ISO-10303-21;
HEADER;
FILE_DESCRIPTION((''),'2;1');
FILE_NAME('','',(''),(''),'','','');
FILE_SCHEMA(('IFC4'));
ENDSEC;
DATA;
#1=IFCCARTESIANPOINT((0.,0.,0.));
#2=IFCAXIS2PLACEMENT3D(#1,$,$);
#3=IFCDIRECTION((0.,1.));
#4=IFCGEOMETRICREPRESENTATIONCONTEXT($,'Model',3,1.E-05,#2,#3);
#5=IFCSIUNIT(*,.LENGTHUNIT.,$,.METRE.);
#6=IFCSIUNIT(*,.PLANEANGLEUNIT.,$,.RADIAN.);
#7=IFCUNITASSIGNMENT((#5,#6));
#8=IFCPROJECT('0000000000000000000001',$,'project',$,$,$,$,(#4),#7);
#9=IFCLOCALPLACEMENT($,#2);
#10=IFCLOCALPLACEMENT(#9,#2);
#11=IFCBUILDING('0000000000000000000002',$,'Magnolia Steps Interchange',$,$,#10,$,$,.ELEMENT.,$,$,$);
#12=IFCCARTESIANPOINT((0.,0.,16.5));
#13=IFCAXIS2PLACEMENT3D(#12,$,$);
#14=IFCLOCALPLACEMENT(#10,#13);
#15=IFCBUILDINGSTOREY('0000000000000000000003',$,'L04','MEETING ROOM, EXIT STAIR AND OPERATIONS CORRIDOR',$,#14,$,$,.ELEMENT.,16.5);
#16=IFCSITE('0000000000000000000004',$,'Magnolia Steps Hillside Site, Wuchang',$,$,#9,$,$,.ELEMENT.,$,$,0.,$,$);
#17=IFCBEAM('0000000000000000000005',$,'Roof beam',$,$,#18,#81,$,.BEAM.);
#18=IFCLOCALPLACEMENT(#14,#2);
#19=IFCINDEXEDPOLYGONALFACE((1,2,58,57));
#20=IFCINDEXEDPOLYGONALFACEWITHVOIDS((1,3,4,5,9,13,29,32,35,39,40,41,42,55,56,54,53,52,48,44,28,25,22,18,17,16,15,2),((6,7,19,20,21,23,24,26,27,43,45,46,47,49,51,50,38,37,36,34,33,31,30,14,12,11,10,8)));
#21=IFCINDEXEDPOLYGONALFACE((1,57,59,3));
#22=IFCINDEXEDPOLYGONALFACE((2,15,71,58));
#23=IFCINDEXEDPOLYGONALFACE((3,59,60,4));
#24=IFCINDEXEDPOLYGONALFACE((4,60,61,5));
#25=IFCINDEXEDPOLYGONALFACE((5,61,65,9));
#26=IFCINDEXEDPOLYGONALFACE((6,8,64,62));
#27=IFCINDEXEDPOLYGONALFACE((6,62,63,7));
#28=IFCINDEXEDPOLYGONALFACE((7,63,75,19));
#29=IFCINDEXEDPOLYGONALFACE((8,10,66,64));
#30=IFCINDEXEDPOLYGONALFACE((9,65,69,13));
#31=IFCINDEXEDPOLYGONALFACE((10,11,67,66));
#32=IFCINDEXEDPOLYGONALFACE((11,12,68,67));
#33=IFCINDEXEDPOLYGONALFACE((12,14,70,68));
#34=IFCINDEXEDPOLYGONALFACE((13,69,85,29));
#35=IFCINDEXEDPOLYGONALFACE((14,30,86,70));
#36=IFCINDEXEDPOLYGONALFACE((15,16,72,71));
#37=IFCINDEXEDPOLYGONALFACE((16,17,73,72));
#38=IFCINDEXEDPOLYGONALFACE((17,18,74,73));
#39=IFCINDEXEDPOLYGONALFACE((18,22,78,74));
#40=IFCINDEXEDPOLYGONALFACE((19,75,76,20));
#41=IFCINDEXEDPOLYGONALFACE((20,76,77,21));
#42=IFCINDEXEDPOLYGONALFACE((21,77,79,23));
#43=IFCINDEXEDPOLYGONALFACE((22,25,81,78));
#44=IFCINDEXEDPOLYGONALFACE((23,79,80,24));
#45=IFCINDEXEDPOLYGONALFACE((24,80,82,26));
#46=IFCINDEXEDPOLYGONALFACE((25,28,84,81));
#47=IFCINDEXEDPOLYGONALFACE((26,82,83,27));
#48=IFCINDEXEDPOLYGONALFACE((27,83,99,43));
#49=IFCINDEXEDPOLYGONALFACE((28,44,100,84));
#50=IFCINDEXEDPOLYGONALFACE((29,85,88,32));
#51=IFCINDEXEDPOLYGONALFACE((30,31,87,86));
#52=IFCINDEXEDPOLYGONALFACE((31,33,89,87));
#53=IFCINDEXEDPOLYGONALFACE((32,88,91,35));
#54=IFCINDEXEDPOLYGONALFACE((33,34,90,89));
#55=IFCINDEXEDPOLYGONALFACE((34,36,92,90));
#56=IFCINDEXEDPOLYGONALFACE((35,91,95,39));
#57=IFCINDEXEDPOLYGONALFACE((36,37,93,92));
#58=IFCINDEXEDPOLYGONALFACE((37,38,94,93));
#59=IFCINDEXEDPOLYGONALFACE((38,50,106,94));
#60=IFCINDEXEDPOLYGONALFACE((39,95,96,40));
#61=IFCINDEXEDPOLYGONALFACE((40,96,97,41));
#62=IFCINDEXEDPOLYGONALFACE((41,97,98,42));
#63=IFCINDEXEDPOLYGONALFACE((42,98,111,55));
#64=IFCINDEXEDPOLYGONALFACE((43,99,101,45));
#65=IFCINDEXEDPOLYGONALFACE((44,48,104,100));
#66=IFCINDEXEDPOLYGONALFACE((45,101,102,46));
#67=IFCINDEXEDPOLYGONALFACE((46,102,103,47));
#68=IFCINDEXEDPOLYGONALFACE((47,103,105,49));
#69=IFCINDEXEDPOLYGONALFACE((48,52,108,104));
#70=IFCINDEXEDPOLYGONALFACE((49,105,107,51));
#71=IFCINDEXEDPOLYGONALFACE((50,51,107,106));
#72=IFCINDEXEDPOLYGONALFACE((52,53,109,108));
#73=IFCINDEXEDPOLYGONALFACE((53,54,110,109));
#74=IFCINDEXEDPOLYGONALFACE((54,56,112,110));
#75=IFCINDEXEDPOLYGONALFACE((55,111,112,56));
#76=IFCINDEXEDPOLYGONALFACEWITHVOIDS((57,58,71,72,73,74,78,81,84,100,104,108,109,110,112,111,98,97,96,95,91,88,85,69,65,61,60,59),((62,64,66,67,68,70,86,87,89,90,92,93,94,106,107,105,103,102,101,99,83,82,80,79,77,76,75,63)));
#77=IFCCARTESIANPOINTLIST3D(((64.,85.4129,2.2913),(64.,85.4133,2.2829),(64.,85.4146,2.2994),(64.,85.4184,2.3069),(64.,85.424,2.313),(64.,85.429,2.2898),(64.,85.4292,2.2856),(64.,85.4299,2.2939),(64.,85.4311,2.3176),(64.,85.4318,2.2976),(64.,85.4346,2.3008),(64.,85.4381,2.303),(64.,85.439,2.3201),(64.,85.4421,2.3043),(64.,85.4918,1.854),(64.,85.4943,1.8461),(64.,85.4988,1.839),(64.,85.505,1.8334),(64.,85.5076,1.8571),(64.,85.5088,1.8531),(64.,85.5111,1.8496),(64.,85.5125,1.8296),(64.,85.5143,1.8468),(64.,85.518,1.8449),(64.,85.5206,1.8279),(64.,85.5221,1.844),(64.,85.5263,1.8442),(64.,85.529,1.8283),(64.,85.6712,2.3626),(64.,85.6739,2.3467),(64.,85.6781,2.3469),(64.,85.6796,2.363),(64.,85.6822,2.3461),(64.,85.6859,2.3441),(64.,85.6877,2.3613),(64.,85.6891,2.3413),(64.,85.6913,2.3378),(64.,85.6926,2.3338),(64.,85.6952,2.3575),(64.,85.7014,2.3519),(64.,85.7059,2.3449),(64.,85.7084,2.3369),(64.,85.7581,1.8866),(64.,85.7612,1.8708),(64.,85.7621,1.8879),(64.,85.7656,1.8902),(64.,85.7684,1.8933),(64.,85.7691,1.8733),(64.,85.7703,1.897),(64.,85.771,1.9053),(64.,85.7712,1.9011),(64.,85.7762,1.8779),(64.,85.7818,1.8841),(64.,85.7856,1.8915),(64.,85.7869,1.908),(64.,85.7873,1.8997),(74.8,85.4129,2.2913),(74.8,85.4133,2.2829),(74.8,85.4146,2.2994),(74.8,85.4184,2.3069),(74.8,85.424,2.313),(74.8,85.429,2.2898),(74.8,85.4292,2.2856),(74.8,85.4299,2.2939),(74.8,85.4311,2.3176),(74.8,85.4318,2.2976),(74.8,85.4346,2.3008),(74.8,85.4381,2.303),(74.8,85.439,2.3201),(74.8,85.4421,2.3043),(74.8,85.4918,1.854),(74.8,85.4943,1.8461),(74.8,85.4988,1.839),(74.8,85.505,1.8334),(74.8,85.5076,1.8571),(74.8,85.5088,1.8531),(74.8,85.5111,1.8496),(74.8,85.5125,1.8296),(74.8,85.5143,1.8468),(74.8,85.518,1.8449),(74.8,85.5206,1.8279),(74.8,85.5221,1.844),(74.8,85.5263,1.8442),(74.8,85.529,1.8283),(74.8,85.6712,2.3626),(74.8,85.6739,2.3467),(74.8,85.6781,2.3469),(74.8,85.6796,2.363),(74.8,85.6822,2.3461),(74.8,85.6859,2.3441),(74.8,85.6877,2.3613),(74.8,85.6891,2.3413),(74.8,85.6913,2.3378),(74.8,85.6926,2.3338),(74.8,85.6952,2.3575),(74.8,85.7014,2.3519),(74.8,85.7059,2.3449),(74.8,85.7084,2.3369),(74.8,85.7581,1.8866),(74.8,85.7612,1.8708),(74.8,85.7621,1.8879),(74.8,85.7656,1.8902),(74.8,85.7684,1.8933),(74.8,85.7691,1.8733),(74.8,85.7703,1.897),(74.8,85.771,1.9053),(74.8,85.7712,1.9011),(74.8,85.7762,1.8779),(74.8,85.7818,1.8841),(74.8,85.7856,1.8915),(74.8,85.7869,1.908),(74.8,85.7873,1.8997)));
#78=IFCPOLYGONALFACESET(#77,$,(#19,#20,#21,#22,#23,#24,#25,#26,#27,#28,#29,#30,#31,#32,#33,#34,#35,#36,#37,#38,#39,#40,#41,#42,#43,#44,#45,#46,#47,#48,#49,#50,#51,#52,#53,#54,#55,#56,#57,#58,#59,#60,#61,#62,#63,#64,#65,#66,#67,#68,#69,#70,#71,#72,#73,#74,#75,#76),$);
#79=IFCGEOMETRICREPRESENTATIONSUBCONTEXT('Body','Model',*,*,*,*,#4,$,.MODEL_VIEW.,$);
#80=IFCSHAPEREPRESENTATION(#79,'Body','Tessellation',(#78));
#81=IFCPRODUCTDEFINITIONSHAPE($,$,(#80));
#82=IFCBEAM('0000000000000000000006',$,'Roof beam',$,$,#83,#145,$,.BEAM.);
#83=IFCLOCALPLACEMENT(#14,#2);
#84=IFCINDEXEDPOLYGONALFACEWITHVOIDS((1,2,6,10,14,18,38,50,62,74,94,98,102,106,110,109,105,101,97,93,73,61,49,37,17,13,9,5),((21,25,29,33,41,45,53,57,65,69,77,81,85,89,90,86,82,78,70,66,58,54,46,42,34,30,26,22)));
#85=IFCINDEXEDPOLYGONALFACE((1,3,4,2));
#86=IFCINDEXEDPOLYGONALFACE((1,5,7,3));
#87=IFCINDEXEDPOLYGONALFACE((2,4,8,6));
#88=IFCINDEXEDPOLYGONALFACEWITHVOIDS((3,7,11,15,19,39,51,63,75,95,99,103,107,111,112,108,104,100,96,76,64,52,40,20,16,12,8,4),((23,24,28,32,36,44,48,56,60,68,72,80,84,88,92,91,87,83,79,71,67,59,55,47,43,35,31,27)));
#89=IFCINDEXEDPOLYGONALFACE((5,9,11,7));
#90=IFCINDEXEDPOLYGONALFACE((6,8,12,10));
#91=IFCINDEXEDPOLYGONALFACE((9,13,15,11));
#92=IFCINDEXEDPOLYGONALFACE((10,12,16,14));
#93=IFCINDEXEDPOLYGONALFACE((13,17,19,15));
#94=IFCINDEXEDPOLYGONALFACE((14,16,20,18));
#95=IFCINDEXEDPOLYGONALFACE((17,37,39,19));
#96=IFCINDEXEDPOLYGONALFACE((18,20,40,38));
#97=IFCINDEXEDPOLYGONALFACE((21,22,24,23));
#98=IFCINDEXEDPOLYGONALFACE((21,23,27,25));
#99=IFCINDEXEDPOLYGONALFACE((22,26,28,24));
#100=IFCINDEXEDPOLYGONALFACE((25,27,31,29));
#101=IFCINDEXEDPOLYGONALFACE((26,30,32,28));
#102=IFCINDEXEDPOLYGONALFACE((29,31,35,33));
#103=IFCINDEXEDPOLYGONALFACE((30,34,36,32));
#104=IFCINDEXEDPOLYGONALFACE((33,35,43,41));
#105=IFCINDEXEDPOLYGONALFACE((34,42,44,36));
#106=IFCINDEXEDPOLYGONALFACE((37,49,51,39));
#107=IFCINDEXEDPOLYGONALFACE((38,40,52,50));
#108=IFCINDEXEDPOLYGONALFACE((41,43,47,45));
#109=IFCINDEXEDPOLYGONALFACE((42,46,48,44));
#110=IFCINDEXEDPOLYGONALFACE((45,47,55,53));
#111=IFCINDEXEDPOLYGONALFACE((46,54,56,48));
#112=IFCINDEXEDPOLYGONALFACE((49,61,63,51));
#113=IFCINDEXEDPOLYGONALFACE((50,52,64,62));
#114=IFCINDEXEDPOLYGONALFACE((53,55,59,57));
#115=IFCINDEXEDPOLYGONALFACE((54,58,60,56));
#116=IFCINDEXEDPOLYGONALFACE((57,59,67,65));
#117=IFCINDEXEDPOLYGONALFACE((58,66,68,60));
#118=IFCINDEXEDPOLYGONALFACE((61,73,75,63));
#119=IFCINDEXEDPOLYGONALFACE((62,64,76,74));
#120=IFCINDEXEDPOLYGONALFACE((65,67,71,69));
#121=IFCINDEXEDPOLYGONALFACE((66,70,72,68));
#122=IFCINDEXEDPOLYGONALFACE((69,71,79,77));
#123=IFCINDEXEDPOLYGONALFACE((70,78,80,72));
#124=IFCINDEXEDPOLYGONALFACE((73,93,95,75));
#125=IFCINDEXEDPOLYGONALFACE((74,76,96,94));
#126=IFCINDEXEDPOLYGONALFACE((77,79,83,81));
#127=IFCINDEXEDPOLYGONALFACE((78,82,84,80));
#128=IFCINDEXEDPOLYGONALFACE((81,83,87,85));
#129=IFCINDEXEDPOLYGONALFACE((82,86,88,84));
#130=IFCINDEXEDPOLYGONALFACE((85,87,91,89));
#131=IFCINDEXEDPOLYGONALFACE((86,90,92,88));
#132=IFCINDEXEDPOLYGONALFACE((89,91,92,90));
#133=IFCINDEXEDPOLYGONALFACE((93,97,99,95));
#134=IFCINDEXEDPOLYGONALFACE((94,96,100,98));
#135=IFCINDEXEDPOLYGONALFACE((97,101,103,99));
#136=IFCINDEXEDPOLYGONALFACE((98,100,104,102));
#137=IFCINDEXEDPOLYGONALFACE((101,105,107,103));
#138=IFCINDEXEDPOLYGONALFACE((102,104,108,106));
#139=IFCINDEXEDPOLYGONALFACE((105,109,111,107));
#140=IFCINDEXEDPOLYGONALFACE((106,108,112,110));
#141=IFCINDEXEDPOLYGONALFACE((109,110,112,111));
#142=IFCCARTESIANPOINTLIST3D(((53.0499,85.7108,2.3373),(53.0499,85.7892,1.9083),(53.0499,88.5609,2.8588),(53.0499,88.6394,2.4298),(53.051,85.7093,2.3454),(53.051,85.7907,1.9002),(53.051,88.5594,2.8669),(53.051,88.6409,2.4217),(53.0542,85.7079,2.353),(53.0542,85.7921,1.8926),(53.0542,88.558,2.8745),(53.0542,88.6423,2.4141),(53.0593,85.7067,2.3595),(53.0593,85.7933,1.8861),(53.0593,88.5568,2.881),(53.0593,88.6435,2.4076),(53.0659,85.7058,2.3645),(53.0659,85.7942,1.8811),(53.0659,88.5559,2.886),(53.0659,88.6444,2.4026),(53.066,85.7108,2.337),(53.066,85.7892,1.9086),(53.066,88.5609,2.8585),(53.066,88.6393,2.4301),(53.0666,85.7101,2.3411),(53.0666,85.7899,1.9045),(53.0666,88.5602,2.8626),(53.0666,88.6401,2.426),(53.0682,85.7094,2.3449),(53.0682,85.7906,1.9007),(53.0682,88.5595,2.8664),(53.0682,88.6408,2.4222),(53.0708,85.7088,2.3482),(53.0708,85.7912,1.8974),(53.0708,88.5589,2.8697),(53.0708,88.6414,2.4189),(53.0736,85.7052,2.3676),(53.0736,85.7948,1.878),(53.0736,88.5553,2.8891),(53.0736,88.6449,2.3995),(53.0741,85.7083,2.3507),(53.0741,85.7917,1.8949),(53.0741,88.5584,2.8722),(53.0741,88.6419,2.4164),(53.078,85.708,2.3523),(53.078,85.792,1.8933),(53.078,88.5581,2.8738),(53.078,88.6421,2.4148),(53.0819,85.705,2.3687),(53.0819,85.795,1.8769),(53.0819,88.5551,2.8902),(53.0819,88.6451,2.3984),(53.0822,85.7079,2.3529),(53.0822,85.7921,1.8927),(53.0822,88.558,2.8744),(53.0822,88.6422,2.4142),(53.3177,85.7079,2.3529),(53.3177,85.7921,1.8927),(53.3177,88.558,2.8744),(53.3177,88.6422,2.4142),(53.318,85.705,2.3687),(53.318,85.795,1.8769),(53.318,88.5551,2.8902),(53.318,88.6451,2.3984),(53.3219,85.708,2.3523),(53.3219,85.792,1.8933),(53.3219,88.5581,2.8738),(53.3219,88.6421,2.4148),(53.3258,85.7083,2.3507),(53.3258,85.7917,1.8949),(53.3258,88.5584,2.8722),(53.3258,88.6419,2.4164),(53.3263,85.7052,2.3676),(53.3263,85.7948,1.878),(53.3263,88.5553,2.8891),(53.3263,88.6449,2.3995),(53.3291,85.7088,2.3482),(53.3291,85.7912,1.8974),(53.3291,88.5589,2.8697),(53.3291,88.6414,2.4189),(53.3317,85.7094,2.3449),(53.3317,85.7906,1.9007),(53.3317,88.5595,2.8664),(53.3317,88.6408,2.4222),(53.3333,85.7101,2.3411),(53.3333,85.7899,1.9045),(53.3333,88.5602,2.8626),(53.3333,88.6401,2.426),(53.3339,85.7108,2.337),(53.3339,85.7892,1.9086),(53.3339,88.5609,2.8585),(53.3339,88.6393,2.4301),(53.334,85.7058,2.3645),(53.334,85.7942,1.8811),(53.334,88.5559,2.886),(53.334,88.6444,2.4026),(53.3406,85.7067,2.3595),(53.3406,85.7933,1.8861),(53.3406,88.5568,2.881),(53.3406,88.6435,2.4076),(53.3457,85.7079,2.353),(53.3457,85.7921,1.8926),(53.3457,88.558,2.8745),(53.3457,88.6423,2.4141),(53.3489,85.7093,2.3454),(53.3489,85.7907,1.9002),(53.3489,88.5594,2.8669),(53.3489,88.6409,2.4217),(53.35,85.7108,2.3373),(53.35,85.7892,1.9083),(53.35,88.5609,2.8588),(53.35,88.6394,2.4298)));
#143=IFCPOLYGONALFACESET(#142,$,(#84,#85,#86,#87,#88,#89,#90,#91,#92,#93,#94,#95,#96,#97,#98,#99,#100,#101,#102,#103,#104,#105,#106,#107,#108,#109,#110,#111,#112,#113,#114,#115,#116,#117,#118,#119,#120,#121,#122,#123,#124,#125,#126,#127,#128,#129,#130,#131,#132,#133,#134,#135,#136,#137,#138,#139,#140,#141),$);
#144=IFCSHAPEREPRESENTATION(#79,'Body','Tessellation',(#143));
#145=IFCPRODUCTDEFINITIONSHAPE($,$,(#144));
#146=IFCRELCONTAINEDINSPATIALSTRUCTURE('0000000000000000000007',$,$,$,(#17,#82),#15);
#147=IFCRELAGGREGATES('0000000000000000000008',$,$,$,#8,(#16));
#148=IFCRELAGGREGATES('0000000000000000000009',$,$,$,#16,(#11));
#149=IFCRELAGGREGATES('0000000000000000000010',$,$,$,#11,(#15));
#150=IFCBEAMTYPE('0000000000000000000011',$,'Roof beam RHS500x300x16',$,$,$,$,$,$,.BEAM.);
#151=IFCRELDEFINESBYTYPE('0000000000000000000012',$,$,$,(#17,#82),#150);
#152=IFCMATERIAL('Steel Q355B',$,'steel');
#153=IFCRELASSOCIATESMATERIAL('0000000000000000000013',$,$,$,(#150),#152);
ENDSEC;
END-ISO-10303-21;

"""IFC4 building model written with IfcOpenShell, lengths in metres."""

from ifc_helpers import new_model, si_unit, direction, frame, origin, origin_2d, place, context, subcontext, project, spatial, hollow_rectangle, extrude, material, material_profile, profile_set, type_object, element, save


model = new_model("IFC4")

# Units and contexts
model_context = context("Model", 3, precision=1e-05, world=origin(), true_north=direction((0.0, 1.0)))
body_context = subcontext(model_context, "Body", "Model", "MODEL_VIEW")
ifc_project = project(units=[si_unit("LENGTHUNIT", "METRE"), si_unit("PLANEANGLEUNIT", "RADIAN")], contexts=[model_context])

# Site, building, storey
site_placement = place(None, origin())
site = spatial("IfcSite", under=ifc_project, at=site_placement, Name="Magnolia Steps Hillside Site, Wuchang", CompositionType="ELEMENT", RefElevation=0.0)
building_placement = place(site_placement, origin())
building = spatial("IfcBuilding", under=site, at=building_placement, Name="Magnolia Steps Interchange", CompositionType="ELEMENT")
storey_placement = place(building_placement, frame((0.0, 0.0, 16.5)))
storey = spatial("IfcBuildingStorey", under=building, at=storey_placement, Name="L04", Description="MEETING ROOM, EXIT STAIR AND OPERATIONS CORRIDOR", CompositionType="ELEMENT", Elevation=16.5)

# Beams
ifc_material_1 = material(Name="Steel Q355B", Category="steel")
ifc_material_profile_1 = material_profile(ifc_material_1, hollow_rectangle(XDim=0.3, YDim=0.5, WallThickness=0.0161, InnerFilletRadius=0.0161, OuterFilletRadius=0.032, at=origin_2d()), Name="RHS500x300x16")
ifc_profile_set_1 = profile_set([ifc_material_profile_1], Name="Steel Q355B")
beam_type_1 = type_object("IfcBeamType", Name="Roof beam RHS500x300x16", PredefinedType="BEAM", material=ifc_profile_set_1)
for number, where, z_axis, x_axis, name in (
    (1, (64.0, 85.6001, 2.0955), (1.0, 0.0, 0.0), (0.0, 0.983677, 0.179941), "Roof beam"),
):
    element("IfcBeam", number, at=place(storey_placement, frame(where, z_axis=z_axis, x_axis=x_axis)), inside=storey, type_object=beam_type_1, Name=name, PredefinedType="BEAM", context=body_context, shape_type="SweptSolid", body=[
        extrude(hollow_rectangle(XDim=0.3, YDim=0.5, WallThickness=0.0161, InnerFilletRadius=0.0161, OuterFilletRadius=0.032, at=origin_2d()), origin(), (0.0, 0.0, 1.0), 10.8),
    ])
beam_1_placement = place(storey_placement, frame((53.2, 85.75, 2.1228), z_axis=(0.0, 0.98367, 0.179983), x_axis=(-1.0, 0.0, 0.0)))
element("IfcBeam", 2, at=beam_1_placement, inside=storey, type_object=beam_type_1, Name="Roof beam", PredefinedType="BEAM", context=body_context, shape_type="SweptSolid", body=[
    extrude(hollow_rectangle(XDim=0.3, YDim=0.5, WallThickness=0.0161, InnerFilletRadius=0.0161, OuterFilletRadius=0.032, at=origin_2d()), origin(), (0.0, 0.0, 1.0), 2.8975),
])

save(model, "model.ifc")
